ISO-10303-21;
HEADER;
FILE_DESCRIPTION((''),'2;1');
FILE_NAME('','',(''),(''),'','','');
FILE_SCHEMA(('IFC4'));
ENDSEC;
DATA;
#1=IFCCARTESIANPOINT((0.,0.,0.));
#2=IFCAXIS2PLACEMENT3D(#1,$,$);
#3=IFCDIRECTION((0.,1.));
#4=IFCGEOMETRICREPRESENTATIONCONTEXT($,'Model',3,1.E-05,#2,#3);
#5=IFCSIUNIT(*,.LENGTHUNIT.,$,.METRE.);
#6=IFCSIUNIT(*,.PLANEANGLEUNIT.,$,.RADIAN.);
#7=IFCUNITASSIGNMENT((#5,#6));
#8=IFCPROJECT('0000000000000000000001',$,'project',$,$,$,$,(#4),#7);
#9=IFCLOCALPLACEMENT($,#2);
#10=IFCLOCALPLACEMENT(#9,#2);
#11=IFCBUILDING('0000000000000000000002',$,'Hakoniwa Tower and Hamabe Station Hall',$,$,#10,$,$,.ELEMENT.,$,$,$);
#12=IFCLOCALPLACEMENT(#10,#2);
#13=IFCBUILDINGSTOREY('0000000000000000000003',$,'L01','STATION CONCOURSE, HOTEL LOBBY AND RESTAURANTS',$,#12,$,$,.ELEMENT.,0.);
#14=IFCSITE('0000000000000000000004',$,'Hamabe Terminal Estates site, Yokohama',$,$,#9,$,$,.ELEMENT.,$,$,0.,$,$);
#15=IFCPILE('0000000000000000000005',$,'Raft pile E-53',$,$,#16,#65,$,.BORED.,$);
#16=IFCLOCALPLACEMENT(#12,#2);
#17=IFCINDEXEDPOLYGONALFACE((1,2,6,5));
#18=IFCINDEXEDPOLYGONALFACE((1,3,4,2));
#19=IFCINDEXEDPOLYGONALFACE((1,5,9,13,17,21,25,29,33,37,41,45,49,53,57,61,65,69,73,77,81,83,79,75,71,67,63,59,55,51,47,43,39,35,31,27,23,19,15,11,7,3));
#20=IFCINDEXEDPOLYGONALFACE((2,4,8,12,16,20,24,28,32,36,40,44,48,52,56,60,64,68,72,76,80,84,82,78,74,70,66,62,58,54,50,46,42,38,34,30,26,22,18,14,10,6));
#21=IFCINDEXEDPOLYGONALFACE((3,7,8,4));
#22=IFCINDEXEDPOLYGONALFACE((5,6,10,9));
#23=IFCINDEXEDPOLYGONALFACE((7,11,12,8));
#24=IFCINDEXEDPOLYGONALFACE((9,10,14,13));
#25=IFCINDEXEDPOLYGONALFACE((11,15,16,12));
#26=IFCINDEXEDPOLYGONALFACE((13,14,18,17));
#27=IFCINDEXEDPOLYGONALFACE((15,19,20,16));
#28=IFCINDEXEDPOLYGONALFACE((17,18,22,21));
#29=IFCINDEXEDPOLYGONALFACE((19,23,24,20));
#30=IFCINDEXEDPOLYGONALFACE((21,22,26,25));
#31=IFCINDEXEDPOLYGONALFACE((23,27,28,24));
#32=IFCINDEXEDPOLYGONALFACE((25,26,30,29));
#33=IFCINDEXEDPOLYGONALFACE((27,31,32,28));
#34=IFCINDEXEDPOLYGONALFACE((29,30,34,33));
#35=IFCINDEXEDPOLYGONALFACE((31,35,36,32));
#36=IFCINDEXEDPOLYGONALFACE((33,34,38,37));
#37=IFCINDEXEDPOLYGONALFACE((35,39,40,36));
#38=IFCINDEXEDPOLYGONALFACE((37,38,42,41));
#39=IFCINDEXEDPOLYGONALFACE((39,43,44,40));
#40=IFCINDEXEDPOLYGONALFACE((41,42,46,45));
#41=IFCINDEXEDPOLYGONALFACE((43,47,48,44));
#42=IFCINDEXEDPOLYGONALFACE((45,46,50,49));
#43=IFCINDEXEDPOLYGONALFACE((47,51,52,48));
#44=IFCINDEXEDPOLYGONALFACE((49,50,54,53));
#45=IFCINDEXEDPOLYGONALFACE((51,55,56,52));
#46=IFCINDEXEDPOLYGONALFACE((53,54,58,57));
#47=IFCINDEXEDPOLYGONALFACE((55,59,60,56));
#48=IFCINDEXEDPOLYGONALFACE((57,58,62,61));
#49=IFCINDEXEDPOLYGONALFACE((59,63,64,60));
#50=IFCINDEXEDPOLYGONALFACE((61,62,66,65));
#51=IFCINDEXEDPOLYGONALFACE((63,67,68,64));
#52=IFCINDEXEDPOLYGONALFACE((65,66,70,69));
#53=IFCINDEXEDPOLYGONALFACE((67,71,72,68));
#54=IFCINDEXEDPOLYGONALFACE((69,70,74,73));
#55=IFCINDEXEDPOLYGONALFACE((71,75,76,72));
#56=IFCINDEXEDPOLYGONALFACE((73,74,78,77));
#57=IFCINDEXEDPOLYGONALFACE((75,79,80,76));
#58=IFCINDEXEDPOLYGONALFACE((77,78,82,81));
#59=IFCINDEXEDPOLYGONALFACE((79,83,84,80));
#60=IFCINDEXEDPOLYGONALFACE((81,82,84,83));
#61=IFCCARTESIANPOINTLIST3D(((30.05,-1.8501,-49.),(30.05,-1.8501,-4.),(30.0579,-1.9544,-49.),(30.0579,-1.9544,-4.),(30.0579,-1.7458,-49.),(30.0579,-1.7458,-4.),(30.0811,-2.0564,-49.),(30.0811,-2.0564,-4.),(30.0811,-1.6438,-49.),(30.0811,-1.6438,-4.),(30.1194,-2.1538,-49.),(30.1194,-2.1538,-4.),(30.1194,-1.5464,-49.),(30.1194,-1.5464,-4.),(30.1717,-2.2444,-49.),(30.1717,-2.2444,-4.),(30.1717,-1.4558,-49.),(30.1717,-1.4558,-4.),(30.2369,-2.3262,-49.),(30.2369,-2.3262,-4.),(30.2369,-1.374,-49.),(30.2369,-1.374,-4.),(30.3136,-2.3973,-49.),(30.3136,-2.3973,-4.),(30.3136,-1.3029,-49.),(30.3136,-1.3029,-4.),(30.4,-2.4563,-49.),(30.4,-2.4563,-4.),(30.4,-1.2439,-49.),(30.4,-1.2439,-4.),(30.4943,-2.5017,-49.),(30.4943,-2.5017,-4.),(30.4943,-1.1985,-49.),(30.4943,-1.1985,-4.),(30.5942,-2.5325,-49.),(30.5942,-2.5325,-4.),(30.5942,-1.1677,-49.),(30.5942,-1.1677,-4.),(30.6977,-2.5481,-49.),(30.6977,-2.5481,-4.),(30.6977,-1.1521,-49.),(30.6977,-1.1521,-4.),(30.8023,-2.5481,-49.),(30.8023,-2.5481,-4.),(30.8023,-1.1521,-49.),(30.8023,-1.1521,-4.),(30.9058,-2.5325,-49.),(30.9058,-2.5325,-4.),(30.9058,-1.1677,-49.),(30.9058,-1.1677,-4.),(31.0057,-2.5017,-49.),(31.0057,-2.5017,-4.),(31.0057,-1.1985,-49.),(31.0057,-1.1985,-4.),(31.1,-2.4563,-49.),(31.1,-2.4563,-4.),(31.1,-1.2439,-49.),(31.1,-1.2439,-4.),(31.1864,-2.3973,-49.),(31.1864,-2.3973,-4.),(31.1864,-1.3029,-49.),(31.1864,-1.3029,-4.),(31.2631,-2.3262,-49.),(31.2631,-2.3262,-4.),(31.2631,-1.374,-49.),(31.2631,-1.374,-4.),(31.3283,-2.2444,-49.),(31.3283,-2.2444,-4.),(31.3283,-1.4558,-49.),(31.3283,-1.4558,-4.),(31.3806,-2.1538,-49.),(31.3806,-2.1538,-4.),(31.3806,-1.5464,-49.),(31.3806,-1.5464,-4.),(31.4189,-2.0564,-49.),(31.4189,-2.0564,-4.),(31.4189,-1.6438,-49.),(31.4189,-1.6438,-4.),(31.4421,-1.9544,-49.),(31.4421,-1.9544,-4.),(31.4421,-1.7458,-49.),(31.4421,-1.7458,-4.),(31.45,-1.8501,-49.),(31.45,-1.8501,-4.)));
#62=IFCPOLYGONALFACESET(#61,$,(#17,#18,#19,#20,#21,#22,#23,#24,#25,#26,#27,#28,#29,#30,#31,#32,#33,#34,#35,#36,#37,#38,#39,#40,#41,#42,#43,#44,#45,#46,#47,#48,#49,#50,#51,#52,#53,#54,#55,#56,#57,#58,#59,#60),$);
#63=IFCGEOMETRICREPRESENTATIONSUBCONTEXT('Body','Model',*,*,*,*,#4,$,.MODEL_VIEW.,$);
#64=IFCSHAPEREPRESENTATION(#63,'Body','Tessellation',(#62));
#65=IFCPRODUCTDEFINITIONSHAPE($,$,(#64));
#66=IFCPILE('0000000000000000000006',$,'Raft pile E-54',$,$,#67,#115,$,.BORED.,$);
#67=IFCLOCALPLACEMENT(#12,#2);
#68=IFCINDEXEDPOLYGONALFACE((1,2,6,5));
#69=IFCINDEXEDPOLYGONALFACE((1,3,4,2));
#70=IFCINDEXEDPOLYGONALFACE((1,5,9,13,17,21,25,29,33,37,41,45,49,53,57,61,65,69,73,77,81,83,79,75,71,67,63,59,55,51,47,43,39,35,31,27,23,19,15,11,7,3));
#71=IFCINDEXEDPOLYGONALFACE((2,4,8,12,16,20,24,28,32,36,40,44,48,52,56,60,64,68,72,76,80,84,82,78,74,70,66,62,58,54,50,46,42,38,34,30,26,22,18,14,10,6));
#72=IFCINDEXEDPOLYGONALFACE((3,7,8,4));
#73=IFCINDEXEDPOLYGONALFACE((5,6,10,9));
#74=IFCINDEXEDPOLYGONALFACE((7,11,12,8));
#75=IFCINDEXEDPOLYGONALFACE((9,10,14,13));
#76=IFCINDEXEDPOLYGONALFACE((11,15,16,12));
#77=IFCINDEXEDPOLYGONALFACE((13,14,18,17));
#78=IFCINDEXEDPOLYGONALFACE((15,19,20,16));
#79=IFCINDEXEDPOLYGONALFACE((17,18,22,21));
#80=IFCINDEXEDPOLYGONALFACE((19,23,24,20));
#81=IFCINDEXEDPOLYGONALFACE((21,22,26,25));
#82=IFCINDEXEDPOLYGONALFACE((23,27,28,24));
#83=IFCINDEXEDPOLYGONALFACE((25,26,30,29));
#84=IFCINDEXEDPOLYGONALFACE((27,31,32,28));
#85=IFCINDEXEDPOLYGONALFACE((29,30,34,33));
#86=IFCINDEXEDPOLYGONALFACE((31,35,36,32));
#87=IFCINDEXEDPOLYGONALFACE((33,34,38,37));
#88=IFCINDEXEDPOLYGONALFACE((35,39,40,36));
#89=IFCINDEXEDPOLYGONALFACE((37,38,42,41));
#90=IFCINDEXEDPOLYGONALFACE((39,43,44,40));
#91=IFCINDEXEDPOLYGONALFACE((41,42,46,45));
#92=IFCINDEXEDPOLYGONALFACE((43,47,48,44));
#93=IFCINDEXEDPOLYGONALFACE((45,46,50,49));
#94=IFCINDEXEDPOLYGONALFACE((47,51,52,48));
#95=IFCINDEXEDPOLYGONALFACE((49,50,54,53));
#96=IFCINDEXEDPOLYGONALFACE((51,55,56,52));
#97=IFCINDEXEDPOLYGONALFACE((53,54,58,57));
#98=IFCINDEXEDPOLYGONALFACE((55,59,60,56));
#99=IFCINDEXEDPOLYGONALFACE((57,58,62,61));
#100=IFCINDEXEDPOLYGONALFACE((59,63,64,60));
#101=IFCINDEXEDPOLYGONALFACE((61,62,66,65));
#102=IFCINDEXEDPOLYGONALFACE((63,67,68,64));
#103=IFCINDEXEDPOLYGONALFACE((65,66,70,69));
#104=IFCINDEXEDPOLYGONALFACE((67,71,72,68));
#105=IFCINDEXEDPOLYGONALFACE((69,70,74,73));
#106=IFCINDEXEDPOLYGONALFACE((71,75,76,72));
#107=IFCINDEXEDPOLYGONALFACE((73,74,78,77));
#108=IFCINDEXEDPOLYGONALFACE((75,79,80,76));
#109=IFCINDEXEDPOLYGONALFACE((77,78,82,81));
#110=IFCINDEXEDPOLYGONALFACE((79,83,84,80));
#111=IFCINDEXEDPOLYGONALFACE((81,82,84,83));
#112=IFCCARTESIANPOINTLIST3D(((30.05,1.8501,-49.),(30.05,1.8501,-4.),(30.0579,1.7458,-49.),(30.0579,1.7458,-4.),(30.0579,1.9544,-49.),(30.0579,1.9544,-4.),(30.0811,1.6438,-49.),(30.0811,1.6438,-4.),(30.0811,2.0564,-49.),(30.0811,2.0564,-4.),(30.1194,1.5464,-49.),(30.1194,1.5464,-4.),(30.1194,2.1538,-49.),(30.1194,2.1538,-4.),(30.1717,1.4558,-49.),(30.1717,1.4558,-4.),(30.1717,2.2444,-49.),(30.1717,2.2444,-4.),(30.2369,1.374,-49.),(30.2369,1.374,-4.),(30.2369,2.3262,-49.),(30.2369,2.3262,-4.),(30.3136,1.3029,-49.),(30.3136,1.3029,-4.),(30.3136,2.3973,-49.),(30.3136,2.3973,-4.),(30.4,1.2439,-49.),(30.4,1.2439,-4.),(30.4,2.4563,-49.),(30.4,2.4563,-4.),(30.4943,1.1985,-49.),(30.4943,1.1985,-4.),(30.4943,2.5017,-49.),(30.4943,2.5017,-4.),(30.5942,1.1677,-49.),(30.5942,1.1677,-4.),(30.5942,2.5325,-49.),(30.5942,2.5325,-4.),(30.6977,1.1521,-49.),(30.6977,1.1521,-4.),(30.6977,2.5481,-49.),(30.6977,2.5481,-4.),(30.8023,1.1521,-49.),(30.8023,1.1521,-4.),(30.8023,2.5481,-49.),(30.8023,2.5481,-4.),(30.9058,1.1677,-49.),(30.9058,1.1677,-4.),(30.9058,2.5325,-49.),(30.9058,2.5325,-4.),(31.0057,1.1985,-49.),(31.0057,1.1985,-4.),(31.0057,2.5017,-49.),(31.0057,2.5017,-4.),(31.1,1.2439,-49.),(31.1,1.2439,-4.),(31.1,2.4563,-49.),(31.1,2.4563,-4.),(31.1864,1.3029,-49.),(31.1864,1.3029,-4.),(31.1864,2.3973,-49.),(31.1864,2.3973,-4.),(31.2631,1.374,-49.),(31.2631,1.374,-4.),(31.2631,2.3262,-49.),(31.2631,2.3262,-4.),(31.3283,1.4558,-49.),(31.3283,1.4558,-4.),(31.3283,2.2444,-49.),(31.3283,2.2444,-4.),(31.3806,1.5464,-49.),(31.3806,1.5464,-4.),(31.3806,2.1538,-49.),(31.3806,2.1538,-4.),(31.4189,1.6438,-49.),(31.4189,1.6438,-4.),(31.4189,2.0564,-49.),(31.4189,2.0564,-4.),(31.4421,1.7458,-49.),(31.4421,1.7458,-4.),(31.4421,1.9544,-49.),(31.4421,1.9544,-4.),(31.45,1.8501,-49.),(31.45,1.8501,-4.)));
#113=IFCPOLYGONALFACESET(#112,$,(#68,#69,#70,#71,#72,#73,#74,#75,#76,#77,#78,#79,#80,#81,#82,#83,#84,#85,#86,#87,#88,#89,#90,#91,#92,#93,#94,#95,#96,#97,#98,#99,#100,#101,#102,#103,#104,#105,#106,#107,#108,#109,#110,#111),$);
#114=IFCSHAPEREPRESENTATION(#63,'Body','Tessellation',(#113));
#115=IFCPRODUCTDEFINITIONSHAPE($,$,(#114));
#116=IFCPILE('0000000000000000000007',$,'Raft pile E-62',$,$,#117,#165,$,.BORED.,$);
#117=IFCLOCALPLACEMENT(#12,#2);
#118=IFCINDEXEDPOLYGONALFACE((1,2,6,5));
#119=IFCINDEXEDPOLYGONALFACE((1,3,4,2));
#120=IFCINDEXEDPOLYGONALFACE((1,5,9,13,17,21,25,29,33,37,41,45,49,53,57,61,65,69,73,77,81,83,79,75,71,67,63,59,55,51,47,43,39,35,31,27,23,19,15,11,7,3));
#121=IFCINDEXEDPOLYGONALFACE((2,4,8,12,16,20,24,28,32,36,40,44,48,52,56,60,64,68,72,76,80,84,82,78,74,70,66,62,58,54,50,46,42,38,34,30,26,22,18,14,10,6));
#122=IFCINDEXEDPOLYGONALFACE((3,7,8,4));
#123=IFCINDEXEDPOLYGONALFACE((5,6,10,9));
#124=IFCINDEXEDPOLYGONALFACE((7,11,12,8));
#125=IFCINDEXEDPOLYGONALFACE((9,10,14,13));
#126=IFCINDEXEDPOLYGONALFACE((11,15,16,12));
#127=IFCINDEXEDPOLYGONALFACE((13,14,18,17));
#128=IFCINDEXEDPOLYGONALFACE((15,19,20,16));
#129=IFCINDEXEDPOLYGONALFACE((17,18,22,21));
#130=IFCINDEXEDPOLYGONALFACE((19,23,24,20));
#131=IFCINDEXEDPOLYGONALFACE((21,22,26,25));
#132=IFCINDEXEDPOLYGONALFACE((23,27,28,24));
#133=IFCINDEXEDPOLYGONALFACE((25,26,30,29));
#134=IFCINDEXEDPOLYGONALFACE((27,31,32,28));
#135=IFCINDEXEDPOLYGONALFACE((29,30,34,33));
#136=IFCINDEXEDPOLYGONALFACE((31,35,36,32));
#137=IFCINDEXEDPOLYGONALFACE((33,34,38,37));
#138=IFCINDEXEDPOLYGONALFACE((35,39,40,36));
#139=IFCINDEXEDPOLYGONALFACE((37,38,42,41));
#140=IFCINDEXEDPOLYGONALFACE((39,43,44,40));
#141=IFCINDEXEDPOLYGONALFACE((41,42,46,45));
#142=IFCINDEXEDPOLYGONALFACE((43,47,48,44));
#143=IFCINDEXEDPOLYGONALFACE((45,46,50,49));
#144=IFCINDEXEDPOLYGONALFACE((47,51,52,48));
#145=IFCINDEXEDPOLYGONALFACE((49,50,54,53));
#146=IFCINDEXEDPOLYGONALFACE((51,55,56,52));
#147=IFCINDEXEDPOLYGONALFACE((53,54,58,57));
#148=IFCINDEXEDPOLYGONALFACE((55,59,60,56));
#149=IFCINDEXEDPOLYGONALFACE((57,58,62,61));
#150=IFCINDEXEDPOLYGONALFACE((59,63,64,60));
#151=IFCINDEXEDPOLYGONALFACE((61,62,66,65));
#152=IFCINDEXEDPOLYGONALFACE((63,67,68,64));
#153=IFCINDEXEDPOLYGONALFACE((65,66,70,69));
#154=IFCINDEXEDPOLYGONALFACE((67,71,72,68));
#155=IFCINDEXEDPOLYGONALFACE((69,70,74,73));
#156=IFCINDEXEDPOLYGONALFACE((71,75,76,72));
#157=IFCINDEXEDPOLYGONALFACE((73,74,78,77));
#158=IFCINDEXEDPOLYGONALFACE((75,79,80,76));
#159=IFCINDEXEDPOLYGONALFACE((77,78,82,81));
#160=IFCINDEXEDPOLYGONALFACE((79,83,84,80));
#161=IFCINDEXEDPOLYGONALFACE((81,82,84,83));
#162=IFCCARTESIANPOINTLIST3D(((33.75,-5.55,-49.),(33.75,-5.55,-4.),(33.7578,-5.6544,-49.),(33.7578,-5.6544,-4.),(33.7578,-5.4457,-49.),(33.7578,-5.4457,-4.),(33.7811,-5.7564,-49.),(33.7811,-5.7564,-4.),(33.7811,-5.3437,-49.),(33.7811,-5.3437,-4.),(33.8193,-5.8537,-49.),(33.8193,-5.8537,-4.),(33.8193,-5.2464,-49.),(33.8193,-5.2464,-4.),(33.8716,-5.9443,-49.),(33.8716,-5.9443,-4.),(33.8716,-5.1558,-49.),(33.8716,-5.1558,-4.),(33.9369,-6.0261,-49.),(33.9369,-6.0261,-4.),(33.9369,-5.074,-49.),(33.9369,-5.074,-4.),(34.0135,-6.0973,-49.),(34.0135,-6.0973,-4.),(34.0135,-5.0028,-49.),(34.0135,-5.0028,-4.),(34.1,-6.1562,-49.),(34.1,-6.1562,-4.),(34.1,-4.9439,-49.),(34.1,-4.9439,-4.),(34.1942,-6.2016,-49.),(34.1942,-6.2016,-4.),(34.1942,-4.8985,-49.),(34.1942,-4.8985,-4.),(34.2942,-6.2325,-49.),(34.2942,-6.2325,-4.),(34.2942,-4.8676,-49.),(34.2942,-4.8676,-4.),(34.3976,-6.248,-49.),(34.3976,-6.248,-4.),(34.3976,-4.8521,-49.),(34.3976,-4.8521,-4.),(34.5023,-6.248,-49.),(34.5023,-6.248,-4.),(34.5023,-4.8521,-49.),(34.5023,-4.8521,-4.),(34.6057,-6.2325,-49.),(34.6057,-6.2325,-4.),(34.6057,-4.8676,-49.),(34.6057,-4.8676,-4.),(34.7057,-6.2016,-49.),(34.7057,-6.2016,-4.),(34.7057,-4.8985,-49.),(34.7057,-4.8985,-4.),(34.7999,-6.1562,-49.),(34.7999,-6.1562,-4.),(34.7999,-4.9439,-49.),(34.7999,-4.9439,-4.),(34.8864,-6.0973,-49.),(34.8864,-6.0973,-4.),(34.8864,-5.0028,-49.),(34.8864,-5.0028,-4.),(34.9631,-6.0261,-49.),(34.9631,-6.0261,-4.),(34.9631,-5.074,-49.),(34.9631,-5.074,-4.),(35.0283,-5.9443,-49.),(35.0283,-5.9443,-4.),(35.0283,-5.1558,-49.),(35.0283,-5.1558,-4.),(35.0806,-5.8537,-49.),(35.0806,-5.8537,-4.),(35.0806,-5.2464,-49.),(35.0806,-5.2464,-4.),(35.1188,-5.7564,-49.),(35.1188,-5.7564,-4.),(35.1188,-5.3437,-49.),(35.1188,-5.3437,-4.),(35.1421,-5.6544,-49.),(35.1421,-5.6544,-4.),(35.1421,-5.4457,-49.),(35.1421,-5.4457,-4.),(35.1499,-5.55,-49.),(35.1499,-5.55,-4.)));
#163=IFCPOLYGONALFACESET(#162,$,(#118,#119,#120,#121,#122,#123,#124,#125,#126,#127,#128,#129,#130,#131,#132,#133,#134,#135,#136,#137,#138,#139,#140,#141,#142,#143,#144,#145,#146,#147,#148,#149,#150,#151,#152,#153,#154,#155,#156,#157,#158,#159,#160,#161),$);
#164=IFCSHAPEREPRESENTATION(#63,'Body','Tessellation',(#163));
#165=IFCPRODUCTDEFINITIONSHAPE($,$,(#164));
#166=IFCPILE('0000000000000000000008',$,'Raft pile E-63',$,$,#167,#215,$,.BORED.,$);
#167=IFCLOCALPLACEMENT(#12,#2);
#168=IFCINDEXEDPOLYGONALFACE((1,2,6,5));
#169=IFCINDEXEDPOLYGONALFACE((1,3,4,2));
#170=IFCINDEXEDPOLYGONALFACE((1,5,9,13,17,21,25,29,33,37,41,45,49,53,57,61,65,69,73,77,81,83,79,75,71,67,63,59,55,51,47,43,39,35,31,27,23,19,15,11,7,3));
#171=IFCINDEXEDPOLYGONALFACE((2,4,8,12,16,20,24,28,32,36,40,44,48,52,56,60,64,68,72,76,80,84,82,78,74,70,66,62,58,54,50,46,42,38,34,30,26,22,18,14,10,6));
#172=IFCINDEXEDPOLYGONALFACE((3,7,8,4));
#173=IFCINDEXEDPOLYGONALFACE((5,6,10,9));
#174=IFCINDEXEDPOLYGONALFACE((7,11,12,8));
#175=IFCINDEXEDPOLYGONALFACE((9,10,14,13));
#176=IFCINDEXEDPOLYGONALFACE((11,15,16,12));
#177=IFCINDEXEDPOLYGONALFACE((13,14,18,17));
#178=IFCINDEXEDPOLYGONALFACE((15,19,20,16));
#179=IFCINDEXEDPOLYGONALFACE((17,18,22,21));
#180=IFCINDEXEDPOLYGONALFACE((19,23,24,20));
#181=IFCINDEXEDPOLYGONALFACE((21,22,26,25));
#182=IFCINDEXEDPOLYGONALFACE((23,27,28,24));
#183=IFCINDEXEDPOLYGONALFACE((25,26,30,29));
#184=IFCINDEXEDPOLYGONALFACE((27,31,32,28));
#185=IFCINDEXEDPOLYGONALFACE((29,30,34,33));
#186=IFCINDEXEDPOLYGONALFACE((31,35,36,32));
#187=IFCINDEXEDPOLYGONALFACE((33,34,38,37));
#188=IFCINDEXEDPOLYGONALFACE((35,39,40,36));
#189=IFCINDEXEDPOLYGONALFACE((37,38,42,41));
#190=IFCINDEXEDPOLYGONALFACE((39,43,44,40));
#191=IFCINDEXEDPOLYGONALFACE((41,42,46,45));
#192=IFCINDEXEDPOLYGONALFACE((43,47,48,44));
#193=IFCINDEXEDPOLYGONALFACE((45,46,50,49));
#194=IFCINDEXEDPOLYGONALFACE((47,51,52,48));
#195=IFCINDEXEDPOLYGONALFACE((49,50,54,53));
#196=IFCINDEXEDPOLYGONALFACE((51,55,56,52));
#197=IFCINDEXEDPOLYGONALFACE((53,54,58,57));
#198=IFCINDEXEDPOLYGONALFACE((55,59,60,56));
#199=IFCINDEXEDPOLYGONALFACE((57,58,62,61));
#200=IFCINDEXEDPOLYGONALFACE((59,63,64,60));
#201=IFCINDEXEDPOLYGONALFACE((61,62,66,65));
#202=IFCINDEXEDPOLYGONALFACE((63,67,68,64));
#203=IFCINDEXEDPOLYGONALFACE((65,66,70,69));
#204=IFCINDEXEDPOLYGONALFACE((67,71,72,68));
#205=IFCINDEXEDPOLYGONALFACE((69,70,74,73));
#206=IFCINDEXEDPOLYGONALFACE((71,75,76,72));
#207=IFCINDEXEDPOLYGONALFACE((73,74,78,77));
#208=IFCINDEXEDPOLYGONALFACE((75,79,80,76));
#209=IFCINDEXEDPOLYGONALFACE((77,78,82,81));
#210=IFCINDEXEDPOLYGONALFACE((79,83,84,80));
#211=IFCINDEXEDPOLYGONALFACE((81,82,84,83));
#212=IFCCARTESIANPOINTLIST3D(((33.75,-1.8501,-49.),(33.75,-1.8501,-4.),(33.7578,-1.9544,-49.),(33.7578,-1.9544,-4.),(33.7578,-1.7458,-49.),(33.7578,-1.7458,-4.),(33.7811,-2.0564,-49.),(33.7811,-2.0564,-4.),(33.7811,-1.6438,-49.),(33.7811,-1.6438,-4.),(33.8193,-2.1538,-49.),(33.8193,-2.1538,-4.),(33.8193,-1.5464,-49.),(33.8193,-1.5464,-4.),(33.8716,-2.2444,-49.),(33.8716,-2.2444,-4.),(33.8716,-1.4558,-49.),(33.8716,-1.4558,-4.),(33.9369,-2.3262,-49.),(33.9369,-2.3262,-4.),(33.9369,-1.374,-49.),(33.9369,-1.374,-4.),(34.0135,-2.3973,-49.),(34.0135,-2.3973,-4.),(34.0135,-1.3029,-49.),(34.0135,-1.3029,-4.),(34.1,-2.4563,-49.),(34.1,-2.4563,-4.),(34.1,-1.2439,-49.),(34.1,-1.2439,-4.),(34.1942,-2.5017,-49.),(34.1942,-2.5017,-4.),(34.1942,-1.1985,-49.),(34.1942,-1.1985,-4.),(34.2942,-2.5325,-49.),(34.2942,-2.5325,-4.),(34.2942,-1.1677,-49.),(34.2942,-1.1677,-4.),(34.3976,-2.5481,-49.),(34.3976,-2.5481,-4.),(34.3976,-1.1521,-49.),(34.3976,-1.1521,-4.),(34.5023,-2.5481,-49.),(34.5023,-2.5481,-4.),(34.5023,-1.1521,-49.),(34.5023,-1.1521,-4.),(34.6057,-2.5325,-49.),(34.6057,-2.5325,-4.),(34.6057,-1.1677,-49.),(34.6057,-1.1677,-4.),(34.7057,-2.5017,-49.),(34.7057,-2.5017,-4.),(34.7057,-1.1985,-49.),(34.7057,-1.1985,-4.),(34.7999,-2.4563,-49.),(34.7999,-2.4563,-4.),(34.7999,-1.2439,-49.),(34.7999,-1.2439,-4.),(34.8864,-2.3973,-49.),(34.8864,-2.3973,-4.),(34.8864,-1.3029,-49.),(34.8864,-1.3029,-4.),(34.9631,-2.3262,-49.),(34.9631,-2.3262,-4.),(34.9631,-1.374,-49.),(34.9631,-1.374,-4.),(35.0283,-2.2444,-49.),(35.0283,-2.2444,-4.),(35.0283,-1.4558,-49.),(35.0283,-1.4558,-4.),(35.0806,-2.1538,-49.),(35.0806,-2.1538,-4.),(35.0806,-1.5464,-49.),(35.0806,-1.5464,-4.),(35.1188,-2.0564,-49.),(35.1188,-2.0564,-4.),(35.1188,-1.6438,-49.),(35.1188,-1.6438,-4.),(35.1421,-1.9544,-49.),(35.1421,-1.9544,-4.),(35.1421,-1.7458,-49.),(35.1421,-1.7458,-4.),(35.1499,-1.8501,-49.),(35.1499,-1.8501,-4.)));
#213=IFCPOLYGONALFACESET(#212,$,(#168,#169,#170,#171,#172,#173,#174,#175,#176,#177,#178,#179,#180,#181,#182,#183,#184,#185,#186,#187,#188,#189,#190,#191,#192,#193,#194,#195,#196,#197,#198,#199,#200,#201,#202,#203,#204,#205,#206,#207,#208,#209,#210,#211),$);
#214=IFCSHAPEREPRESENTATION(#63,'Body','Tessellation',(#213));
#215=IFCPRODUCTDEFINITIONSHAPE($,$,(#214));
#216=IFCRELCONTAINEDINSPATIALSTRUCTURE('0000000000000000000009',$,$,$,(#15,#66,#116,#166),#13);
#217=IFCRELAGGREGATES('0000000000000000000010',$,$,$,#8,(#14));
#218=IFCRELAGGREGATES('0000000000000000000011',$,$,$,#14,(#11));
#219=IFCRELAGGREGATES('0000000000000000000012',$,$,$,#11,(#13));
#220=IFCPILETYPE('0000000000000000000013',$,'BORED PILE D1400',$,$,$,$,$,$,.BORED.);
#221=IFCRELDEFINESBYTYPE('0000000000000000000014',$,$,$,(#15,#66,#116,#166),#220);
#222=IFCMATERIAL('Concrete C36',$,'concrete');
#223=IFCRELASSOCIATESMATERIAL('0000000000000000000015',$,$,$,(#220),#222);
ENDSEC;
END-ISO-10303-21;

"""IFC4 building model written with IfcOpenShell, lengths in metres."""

from ifc_helpers import new_model, si_unit, direction, frame, origin, origin_2d, place, context, subcontext, project, spatial, circle, extrude, material, material_profile, profile_set, type_object, element, save


model = new_model("IFC4")

# Units and contexts
model_context = context("Model", 3, precision=1e-05, world=origin(), true_north=direction((0.0, 1.0)))
body_context = subcontext(model_context, "Body", "Model", "MODEL_VIEW")
ifc_project = project(units=[si_unit("LENGTHUNIT", "METRE"), si_unit("PLANEANGLEUNIT", "RADIAN")], contexts=[model_context])

# Site, building, storey
site_placement = place(None, origin())
site = spatial("IfcSite", under=ifc_project, at=site_placement, Name="Hamabe Terminal Estates site, Yokohama", CompositionType="ELEMENT", RefElevation=0.0)
building_placement = place(site_placement, origin())
building = spatial("IfcBuilding", under=site, at=building_placement, Name="Hakoniwa Tower and Hamabe Station Hall", CompositionType="ELEMENT")
storey_placement = place(building_placement, origin())
storey = spatial("IfcBuildingStorey", under=building, at=storey_placement, Name="L01", Description="STATION CONCOURSE, HOTEL LOBBY AND RESTAURANTS", CompositionType="ELEMENT", Elevation=0.0)

# Piles
ifc_material_1 = material(Name="Concrete C36", Category="concrete")
ifc_material_profile = material_profile(ifc_material_1, circle(Radius=0.7, at=origin_2d()), Name="BORED PILE D1400")
ifc_profile_set = profile_set([ifc_material_profile], Name="Concrete C36")
pile_type = type_object("IfcPileType", Name="BORED PILE D1400", PredefinedType="BORED", material=ifc_profile_set)
for number, where, z_axis, x_axis, name in (
    (1, (30.75, -1.8501, -4.0), (0.0, 0.0, -1.0), (1.0, 0.0, 0.0), "Raft pile E-53"),
    (2, (30.75, 1.8501, -4.0), (0.0, 0.0, -1.0), (1.0, 0.0, 0.0), "Raft pile E-54"),
    (3, (34.45, -5.55, -4.0), (0.0, 0.0, -1.0), (1.0, 0.0, 0.0), "Raft pile E-62"),
    (4, (34.45, -1.8501, -4.0), (0.0, 0.0, -1.0), (1.0, 0.0, 0.0), "Raft pile E-63"),
):
    element("IfcPile", number, at=place(storey_placement, frame(where, z_axis=z_axis, x_axis=x_axis)), inside=storey, type_object=pile_type, Name=name, PredefinedType="BORED", context=body_context, shape_type="SweptSolid", body=[
        extrude(circle(Radius=0.7, at=origin_2d()), origin(), (0.0, 0.0, 1.0), 45.0),
    ])

save(model, "model.ifc")
